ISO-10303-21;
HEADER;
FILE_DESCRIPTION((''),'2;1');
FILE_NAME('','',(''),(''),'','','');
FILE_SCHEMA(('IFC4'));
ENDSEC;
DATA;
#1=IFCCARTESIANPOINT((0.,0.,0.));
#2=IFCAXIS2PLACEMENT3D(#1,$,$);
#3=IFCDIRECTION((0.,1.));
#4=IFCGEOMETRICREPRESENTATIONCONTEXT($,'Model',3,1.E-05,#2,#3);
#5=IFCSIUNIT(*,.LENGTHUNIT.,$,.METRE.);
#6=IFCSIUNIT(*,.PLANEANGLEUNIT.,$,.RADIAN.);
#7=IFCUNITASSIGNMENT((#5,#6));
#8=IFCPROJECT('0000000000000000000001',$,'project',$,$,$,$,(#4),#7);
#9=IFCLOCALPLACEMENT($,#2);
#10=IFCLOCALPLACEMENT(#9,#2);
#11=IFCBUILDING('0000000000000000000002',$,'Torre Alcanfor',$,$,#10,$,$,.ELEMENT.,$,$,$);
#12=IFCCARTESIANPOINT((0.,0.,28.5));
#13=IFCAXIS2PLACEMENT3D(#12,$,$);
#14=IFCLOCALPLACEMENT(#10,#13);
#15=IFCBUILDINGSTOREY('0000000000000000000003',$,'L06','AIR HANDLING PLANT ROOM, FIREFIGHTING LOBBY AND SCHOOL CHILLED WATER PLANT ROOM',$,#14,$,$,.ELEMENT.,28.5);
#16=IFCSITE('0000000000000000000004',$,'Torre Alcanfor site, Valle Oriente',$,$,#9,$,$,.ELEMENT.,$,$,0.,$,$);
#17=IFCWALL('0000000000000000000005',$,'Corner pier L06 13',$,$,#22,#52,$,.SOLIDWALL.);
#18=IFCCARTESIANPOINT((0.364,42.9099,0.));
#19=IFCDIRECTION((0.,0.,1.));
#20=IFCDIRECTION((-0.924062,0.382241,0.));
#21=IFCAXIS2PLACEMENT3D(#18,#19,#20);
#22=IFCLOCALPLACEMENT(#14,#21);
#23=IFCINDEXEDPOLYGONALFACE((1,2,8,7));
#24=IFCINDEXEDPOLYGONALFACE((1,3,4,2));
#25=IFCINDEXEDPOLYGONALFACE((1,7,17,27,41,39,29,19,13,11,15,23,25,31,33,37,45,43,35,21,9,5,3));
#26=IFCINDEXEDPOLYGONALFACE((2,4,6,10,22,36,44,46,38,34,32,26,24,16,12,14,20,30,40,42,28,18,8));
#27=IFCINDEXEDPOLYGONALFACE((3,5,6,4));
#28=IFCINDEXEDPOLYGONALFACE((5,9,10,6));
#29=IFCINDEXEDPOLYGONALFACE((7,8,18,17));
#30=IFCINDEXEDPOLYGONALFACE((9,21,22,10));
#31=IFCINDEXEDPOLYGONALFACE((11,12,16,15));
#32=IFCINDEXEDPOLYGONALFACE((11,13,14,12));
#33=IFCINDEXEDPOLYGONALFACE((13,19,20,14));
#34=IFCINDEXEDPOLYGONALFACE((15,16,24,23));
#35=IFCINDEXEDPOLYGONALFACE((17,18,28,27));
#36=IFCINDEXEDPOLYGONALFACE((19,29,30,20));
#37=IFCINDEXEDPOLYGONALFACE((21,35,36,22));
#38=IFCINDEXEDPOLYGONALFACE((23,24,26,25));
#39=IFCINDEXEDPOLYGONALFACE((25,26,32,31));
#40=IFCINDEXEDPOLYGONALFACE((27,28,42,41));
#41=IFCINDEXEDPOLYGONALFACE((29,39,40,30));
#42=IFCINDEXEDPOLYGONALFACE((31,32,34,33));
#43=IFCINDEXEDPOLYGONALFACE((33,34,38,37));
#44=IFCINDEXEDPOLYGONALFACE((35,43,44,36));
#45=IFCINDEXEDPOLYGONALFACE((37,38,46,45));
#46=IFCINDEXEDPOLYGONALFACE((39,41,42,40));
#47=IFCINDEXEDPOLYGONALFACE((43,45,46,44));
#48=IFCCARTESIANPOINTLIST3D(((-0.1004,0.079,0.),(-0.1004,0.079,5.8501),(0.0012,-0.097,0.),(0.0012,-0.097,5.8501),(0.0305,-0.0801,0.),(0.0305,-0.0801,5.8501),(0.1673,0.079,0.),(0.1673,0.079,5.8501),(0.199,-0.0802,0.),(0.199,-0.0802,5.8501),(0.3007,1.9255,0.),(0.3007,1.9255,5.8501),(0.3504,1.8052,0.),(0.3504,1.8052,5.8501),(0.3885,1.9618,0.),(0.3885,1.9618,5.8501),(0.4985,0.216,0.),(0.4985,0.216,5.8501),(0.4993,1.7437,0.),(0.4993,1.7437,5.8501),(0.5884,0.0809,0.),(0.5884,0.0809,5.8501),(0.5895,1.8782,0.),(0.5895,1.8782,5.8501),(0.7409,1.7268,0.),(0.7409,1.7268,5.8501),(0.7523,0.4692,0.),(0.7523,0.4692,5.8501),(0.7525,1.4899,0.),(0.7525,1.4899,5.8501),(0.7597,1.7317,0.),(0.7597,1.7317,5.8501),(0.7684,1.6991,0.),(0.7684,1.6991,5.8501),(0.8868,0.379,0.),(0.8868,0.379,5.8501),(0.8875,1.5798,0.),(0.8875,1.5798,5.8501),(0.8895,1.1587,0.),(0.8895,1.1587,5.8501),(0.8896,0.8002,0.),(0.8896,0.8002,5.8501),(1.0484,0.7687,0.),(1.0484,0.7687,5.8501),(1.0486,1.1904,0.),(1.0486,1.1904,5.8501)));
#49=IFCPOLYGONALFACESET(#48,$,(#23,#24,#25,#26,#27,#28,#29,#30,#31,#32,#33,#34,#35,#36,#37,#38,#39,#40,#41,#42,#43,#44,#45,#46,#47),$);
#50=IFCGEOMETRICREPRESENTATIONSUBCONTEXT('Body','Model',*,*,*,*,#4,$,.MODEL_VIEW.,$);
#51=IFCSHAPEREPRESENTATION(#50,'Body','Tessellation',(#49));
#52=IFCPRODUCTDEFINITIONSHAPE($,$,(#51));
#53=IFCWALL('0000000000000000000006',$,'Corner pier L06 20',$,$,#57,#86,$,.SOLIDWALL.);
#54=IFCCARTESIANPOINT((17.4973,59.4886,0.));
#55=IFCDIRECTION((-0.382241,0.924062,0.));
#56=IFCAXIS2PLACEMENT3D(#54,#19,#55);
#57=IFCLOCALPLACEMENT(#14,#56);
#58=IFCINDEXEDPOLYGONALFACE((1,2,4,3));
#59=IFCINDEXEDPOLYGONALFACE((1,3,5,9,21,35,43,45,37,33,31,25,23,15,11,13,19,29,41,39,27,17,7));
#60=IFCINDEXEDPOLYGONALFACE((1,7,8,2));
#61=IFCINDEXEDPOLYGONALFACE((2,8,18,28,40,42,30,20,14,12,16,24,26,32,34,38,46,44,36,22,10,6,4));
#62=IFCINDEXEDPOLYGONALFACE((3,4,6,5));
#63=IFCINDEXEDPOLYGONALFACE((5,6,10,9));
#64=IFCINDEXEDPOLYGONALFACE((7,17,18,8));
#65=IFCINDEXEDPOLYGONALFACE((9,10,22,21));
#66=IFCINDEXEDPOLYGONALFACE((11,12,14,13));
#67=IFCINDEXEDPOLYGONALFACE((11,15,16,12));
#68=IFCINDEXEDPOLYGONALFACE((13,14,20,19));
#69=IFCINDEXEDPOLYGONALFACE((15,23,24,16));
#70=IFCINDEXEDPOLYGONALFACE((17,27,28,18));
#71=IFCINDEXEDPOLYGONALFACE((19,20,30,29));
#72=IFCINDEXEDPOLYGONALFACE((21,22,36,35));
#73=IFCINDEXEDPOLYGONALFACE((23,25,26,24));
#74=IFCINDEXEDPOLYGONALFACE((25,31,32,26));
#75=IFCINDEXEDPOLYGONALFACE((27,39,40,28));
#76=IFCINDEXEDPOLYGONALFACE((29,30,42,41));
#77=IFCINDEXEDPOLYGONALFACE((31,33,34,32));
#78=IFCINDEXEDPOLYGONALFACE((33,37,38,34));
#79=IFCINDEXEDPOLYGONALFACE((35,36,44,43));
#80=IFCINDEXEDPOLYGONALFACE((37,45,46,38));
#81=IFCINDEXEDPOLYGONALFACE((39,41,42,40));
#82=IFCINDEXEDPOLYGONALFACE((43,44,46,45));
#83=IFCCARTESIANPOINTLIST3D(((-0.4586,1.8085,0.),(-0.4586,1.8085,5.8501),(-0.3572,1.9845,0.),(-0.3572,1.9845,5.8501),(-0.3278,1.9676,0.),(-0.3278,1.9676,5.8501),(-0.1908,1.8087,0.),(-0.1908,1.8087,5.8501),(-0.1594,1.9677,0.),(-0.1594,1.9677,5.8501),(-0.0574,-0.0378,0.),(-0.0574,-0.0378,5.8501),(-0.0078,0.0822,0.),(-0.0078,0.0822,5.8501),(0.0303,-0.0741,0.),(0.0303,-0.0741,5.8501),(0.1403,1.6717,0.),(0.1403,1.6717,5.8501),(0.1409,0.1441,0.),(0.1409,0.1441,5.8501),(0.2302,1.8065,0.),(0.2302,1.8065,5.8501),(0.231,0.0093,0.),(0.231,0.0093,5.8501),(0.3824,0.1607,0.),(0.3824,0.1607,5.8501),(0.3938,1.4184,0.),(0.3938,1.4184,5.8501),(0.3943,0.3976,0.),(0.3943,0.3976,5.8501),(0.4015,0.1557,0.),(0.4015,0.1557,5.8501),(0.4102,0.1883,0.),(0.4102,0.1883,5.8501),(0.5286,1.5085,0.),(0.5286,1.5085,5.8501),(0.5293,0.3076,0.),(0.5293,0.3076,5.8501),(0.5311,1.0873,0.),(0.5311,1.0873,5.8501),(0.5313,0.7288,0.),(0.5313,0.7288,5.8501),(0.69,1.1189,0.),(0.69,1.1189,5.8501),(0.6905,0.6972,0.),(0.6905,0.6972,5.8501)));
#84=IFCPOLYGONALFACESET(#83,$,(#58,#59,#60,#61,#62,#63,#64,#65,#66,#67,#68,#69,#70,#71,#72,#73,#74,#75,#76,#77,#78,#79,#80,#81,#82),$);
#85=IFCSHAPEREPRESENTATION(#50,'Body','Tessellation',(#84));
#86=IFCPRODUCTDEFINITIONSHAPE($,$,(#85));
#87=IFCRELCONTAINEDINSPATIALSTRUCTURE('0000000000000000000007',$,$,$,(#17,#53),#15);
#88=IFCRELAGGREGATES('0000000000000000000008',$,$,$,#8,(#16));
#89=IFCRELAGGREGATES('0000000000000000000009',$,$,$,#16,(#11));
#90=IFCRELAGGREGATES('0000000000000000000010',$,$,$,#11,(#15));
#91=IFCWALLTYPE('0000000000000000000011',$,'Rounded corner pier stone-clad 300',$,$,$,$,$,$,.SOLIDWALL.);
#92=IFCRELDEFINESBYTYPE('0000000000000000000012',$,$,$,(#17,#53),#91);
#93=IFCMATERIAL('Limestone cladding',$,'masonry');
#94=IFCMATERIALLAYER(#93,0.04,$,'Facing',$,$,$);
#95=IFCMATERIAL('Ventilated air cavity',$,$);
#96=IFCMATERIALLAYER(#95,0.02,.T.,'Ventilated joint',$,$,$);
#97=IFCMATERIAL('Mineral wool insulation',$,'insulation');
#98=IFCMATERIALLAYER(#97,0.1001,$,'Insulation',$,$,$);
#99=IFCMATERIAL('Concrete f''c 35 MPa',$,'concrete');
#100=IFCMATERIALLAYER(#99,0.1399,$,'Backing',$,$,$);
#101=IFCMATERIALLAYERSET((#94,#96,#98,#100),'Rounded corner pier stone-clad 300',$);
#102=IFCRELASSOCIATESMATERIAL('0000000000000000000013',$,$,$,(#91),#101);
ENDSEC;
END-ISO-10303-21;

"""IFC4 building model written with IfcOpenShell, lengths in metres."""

from ifc_helpers import new_model, si_unit, direction, frame, origin, place, context, subcontext, project, spatial, polyline, outline, extrude, material, layer, layer_set, type_object, element, save


model = new_model("IFC4")

# Units and contexts
model_context = context("Model", 3, precision=1e-05, world=origin(), true_north=direction((0.0, 1.0)))
body_context = subcontext(model_context, "Body", "Model", "MODEL_VIEW")
ifc_project = project(units=[si_unit("LENGTHUNIT", "METRE"), si_unit("PLANEANGLEUNIT", "RADIAN")], contexts=[model_context])

# Site, building, storey
site_placement = place(None, origin())
site = spatial("IfcSite", under=ifc_project, at=site_placement, Name="Torre Alcanfor site, Valle Oriente", CompositionType="ELEMENT", RefElevation=0.0)
building_placement = place(site_placement, origin())
building = spatial("IfcBuilding", under=site, at=building_placement, Name="Torre Alcanfor", CompositionType="ELEMENT")
storey_placement = place(building_placement, frame((0.0, 0.0, 28.5)))
storey = spatial("IfcBuildingStorey", under=building, at=storey_placement, Name="L06", Description="AIR HANDLING PLANT ROOM, FIREFIGHTING LOBBY AND SCHOOL CHILLED WATER PLANT ROOM", CompositionType="ELEMENT", Elevation=28.5)

# Walls
ifc_material_1 = material(Name="Limestone cladding", Category="masonry")
ifc_material_2 = material(Name="Ventilated air cavity")
ifc_material_3 = material(Name="Mineral wool insulation", Category="insulation")
ifc_material_4 = material(Name="Concrete f'c 35 MPa", Category="concrete")
ifc_layer_1 = layer(ifc_material_1, 0.04, Name="Facing")
ifc_layer_2 = layer(ifc_material_2, 0.02, ventilated=True, Name="Ventilated joint")
ifc_layer_3 = layer(ifc_material_3, 0.1001, Name="Insulation")
ifc_layer_4 = layer(ifc_material_4, 0.1399, Name="Backing")
ifc_layer_set_1 = layer_set([ifc_layer_1, ifc_layer_2, ifc_layer_3, ifc_layer_4], Name="Rounded corner pier stone-clad 300")
wall_type_1 = type_object("IfcWallType", Name="Rounded corner pier stone-clad 300", PredefinedType="SOLIDWALL", material=ifc_layer_set_1)
wall_1_placement = place(storey_placement, frame((0.364, 42.9099, 0.0), z_axis=(0.0, 0.0, 1.0), x_axis=(-0.924062, 0.382241, 0.0)))
element("IfcWall", 1, at=wall_1_placement, inside=storey, type_object=wall_type_1, Name="Corner pier L06 13", PredefinedType="SOLIDWALL", context=body_context, shape_type="SweptSolid", body=[
    extrude(outline(polyline([(0.3504, 1.8052), (0.4993, 1.7437), (0.7525, 1.4899), (0.8895, 1.1587), (0.8896, 0.8002), (0.7523, 0.4692), (0.4985, 0.216), (0.1673, 0.079), (-0.1004, 0.079), (0.0012, -0.097), (0.0305, -0.0801), (0.199, -0.0802), (0.5884, 0.0809), (0.8868, 0.379), (1.0484, 0.7687), (1.0486, 1.1904), (0.8875, 1.5798), (0.7684, 1.6991), (0.7597, 1.7317), (0.7409, 1.7268), (0.5895, 1.8782), (0.3885, 1.9618), (0.3007, 1.9255), (0.3504, 1.8052)])), origin(), (0.0, 0.0, 1.0), 5.8501),
])
wall_2_placement = place(storey_placement, frame((17.4973, 59.4886, 0.0), z_axis=(0.0, 0.0, 1.0), x_axis=(-0.382241, 0.924062, 0.0)))
element("IfcWall", 2, at=wall_2_placement, inside=storey, type_object=wall_type_1, Name="Corner pier L06 20", PredefinedType="SOLIDWALL", context=body_context, shape_type="SweptSolid", body=[
    extrude(outline(polyline([(-0.3572, 1.9845), (-0.4586, 1.8085), (-0.1908, 1.8087), (0.1403, 1.6717), (0.3938, 1.4184), (0.5311, 1.0873), (0.5313, 0.7288), (0.3943, 0.3976), (0.1409, 0.1441), (-0.0078, 0.0822), (-0.0574, -0.0378), (0.0303, -0.0741), (0.231, 0.0093), (0.3824, 0.1607), (0.4015, 0.1557), (0.4102, 0.1883), (0.5293, 0.3076), (0.6905, 0.6972), (0.69, 1.1189), (0.5286, 1.5085), (0.2302, 1.8065), (-0.1594, 1.9677), (-0.3278, 1.9676), (-0.3572, 1.9845)])), origin(), (0.0, 0.0, 1.0), 5.8501),
])

save(model, "model.ifc")
